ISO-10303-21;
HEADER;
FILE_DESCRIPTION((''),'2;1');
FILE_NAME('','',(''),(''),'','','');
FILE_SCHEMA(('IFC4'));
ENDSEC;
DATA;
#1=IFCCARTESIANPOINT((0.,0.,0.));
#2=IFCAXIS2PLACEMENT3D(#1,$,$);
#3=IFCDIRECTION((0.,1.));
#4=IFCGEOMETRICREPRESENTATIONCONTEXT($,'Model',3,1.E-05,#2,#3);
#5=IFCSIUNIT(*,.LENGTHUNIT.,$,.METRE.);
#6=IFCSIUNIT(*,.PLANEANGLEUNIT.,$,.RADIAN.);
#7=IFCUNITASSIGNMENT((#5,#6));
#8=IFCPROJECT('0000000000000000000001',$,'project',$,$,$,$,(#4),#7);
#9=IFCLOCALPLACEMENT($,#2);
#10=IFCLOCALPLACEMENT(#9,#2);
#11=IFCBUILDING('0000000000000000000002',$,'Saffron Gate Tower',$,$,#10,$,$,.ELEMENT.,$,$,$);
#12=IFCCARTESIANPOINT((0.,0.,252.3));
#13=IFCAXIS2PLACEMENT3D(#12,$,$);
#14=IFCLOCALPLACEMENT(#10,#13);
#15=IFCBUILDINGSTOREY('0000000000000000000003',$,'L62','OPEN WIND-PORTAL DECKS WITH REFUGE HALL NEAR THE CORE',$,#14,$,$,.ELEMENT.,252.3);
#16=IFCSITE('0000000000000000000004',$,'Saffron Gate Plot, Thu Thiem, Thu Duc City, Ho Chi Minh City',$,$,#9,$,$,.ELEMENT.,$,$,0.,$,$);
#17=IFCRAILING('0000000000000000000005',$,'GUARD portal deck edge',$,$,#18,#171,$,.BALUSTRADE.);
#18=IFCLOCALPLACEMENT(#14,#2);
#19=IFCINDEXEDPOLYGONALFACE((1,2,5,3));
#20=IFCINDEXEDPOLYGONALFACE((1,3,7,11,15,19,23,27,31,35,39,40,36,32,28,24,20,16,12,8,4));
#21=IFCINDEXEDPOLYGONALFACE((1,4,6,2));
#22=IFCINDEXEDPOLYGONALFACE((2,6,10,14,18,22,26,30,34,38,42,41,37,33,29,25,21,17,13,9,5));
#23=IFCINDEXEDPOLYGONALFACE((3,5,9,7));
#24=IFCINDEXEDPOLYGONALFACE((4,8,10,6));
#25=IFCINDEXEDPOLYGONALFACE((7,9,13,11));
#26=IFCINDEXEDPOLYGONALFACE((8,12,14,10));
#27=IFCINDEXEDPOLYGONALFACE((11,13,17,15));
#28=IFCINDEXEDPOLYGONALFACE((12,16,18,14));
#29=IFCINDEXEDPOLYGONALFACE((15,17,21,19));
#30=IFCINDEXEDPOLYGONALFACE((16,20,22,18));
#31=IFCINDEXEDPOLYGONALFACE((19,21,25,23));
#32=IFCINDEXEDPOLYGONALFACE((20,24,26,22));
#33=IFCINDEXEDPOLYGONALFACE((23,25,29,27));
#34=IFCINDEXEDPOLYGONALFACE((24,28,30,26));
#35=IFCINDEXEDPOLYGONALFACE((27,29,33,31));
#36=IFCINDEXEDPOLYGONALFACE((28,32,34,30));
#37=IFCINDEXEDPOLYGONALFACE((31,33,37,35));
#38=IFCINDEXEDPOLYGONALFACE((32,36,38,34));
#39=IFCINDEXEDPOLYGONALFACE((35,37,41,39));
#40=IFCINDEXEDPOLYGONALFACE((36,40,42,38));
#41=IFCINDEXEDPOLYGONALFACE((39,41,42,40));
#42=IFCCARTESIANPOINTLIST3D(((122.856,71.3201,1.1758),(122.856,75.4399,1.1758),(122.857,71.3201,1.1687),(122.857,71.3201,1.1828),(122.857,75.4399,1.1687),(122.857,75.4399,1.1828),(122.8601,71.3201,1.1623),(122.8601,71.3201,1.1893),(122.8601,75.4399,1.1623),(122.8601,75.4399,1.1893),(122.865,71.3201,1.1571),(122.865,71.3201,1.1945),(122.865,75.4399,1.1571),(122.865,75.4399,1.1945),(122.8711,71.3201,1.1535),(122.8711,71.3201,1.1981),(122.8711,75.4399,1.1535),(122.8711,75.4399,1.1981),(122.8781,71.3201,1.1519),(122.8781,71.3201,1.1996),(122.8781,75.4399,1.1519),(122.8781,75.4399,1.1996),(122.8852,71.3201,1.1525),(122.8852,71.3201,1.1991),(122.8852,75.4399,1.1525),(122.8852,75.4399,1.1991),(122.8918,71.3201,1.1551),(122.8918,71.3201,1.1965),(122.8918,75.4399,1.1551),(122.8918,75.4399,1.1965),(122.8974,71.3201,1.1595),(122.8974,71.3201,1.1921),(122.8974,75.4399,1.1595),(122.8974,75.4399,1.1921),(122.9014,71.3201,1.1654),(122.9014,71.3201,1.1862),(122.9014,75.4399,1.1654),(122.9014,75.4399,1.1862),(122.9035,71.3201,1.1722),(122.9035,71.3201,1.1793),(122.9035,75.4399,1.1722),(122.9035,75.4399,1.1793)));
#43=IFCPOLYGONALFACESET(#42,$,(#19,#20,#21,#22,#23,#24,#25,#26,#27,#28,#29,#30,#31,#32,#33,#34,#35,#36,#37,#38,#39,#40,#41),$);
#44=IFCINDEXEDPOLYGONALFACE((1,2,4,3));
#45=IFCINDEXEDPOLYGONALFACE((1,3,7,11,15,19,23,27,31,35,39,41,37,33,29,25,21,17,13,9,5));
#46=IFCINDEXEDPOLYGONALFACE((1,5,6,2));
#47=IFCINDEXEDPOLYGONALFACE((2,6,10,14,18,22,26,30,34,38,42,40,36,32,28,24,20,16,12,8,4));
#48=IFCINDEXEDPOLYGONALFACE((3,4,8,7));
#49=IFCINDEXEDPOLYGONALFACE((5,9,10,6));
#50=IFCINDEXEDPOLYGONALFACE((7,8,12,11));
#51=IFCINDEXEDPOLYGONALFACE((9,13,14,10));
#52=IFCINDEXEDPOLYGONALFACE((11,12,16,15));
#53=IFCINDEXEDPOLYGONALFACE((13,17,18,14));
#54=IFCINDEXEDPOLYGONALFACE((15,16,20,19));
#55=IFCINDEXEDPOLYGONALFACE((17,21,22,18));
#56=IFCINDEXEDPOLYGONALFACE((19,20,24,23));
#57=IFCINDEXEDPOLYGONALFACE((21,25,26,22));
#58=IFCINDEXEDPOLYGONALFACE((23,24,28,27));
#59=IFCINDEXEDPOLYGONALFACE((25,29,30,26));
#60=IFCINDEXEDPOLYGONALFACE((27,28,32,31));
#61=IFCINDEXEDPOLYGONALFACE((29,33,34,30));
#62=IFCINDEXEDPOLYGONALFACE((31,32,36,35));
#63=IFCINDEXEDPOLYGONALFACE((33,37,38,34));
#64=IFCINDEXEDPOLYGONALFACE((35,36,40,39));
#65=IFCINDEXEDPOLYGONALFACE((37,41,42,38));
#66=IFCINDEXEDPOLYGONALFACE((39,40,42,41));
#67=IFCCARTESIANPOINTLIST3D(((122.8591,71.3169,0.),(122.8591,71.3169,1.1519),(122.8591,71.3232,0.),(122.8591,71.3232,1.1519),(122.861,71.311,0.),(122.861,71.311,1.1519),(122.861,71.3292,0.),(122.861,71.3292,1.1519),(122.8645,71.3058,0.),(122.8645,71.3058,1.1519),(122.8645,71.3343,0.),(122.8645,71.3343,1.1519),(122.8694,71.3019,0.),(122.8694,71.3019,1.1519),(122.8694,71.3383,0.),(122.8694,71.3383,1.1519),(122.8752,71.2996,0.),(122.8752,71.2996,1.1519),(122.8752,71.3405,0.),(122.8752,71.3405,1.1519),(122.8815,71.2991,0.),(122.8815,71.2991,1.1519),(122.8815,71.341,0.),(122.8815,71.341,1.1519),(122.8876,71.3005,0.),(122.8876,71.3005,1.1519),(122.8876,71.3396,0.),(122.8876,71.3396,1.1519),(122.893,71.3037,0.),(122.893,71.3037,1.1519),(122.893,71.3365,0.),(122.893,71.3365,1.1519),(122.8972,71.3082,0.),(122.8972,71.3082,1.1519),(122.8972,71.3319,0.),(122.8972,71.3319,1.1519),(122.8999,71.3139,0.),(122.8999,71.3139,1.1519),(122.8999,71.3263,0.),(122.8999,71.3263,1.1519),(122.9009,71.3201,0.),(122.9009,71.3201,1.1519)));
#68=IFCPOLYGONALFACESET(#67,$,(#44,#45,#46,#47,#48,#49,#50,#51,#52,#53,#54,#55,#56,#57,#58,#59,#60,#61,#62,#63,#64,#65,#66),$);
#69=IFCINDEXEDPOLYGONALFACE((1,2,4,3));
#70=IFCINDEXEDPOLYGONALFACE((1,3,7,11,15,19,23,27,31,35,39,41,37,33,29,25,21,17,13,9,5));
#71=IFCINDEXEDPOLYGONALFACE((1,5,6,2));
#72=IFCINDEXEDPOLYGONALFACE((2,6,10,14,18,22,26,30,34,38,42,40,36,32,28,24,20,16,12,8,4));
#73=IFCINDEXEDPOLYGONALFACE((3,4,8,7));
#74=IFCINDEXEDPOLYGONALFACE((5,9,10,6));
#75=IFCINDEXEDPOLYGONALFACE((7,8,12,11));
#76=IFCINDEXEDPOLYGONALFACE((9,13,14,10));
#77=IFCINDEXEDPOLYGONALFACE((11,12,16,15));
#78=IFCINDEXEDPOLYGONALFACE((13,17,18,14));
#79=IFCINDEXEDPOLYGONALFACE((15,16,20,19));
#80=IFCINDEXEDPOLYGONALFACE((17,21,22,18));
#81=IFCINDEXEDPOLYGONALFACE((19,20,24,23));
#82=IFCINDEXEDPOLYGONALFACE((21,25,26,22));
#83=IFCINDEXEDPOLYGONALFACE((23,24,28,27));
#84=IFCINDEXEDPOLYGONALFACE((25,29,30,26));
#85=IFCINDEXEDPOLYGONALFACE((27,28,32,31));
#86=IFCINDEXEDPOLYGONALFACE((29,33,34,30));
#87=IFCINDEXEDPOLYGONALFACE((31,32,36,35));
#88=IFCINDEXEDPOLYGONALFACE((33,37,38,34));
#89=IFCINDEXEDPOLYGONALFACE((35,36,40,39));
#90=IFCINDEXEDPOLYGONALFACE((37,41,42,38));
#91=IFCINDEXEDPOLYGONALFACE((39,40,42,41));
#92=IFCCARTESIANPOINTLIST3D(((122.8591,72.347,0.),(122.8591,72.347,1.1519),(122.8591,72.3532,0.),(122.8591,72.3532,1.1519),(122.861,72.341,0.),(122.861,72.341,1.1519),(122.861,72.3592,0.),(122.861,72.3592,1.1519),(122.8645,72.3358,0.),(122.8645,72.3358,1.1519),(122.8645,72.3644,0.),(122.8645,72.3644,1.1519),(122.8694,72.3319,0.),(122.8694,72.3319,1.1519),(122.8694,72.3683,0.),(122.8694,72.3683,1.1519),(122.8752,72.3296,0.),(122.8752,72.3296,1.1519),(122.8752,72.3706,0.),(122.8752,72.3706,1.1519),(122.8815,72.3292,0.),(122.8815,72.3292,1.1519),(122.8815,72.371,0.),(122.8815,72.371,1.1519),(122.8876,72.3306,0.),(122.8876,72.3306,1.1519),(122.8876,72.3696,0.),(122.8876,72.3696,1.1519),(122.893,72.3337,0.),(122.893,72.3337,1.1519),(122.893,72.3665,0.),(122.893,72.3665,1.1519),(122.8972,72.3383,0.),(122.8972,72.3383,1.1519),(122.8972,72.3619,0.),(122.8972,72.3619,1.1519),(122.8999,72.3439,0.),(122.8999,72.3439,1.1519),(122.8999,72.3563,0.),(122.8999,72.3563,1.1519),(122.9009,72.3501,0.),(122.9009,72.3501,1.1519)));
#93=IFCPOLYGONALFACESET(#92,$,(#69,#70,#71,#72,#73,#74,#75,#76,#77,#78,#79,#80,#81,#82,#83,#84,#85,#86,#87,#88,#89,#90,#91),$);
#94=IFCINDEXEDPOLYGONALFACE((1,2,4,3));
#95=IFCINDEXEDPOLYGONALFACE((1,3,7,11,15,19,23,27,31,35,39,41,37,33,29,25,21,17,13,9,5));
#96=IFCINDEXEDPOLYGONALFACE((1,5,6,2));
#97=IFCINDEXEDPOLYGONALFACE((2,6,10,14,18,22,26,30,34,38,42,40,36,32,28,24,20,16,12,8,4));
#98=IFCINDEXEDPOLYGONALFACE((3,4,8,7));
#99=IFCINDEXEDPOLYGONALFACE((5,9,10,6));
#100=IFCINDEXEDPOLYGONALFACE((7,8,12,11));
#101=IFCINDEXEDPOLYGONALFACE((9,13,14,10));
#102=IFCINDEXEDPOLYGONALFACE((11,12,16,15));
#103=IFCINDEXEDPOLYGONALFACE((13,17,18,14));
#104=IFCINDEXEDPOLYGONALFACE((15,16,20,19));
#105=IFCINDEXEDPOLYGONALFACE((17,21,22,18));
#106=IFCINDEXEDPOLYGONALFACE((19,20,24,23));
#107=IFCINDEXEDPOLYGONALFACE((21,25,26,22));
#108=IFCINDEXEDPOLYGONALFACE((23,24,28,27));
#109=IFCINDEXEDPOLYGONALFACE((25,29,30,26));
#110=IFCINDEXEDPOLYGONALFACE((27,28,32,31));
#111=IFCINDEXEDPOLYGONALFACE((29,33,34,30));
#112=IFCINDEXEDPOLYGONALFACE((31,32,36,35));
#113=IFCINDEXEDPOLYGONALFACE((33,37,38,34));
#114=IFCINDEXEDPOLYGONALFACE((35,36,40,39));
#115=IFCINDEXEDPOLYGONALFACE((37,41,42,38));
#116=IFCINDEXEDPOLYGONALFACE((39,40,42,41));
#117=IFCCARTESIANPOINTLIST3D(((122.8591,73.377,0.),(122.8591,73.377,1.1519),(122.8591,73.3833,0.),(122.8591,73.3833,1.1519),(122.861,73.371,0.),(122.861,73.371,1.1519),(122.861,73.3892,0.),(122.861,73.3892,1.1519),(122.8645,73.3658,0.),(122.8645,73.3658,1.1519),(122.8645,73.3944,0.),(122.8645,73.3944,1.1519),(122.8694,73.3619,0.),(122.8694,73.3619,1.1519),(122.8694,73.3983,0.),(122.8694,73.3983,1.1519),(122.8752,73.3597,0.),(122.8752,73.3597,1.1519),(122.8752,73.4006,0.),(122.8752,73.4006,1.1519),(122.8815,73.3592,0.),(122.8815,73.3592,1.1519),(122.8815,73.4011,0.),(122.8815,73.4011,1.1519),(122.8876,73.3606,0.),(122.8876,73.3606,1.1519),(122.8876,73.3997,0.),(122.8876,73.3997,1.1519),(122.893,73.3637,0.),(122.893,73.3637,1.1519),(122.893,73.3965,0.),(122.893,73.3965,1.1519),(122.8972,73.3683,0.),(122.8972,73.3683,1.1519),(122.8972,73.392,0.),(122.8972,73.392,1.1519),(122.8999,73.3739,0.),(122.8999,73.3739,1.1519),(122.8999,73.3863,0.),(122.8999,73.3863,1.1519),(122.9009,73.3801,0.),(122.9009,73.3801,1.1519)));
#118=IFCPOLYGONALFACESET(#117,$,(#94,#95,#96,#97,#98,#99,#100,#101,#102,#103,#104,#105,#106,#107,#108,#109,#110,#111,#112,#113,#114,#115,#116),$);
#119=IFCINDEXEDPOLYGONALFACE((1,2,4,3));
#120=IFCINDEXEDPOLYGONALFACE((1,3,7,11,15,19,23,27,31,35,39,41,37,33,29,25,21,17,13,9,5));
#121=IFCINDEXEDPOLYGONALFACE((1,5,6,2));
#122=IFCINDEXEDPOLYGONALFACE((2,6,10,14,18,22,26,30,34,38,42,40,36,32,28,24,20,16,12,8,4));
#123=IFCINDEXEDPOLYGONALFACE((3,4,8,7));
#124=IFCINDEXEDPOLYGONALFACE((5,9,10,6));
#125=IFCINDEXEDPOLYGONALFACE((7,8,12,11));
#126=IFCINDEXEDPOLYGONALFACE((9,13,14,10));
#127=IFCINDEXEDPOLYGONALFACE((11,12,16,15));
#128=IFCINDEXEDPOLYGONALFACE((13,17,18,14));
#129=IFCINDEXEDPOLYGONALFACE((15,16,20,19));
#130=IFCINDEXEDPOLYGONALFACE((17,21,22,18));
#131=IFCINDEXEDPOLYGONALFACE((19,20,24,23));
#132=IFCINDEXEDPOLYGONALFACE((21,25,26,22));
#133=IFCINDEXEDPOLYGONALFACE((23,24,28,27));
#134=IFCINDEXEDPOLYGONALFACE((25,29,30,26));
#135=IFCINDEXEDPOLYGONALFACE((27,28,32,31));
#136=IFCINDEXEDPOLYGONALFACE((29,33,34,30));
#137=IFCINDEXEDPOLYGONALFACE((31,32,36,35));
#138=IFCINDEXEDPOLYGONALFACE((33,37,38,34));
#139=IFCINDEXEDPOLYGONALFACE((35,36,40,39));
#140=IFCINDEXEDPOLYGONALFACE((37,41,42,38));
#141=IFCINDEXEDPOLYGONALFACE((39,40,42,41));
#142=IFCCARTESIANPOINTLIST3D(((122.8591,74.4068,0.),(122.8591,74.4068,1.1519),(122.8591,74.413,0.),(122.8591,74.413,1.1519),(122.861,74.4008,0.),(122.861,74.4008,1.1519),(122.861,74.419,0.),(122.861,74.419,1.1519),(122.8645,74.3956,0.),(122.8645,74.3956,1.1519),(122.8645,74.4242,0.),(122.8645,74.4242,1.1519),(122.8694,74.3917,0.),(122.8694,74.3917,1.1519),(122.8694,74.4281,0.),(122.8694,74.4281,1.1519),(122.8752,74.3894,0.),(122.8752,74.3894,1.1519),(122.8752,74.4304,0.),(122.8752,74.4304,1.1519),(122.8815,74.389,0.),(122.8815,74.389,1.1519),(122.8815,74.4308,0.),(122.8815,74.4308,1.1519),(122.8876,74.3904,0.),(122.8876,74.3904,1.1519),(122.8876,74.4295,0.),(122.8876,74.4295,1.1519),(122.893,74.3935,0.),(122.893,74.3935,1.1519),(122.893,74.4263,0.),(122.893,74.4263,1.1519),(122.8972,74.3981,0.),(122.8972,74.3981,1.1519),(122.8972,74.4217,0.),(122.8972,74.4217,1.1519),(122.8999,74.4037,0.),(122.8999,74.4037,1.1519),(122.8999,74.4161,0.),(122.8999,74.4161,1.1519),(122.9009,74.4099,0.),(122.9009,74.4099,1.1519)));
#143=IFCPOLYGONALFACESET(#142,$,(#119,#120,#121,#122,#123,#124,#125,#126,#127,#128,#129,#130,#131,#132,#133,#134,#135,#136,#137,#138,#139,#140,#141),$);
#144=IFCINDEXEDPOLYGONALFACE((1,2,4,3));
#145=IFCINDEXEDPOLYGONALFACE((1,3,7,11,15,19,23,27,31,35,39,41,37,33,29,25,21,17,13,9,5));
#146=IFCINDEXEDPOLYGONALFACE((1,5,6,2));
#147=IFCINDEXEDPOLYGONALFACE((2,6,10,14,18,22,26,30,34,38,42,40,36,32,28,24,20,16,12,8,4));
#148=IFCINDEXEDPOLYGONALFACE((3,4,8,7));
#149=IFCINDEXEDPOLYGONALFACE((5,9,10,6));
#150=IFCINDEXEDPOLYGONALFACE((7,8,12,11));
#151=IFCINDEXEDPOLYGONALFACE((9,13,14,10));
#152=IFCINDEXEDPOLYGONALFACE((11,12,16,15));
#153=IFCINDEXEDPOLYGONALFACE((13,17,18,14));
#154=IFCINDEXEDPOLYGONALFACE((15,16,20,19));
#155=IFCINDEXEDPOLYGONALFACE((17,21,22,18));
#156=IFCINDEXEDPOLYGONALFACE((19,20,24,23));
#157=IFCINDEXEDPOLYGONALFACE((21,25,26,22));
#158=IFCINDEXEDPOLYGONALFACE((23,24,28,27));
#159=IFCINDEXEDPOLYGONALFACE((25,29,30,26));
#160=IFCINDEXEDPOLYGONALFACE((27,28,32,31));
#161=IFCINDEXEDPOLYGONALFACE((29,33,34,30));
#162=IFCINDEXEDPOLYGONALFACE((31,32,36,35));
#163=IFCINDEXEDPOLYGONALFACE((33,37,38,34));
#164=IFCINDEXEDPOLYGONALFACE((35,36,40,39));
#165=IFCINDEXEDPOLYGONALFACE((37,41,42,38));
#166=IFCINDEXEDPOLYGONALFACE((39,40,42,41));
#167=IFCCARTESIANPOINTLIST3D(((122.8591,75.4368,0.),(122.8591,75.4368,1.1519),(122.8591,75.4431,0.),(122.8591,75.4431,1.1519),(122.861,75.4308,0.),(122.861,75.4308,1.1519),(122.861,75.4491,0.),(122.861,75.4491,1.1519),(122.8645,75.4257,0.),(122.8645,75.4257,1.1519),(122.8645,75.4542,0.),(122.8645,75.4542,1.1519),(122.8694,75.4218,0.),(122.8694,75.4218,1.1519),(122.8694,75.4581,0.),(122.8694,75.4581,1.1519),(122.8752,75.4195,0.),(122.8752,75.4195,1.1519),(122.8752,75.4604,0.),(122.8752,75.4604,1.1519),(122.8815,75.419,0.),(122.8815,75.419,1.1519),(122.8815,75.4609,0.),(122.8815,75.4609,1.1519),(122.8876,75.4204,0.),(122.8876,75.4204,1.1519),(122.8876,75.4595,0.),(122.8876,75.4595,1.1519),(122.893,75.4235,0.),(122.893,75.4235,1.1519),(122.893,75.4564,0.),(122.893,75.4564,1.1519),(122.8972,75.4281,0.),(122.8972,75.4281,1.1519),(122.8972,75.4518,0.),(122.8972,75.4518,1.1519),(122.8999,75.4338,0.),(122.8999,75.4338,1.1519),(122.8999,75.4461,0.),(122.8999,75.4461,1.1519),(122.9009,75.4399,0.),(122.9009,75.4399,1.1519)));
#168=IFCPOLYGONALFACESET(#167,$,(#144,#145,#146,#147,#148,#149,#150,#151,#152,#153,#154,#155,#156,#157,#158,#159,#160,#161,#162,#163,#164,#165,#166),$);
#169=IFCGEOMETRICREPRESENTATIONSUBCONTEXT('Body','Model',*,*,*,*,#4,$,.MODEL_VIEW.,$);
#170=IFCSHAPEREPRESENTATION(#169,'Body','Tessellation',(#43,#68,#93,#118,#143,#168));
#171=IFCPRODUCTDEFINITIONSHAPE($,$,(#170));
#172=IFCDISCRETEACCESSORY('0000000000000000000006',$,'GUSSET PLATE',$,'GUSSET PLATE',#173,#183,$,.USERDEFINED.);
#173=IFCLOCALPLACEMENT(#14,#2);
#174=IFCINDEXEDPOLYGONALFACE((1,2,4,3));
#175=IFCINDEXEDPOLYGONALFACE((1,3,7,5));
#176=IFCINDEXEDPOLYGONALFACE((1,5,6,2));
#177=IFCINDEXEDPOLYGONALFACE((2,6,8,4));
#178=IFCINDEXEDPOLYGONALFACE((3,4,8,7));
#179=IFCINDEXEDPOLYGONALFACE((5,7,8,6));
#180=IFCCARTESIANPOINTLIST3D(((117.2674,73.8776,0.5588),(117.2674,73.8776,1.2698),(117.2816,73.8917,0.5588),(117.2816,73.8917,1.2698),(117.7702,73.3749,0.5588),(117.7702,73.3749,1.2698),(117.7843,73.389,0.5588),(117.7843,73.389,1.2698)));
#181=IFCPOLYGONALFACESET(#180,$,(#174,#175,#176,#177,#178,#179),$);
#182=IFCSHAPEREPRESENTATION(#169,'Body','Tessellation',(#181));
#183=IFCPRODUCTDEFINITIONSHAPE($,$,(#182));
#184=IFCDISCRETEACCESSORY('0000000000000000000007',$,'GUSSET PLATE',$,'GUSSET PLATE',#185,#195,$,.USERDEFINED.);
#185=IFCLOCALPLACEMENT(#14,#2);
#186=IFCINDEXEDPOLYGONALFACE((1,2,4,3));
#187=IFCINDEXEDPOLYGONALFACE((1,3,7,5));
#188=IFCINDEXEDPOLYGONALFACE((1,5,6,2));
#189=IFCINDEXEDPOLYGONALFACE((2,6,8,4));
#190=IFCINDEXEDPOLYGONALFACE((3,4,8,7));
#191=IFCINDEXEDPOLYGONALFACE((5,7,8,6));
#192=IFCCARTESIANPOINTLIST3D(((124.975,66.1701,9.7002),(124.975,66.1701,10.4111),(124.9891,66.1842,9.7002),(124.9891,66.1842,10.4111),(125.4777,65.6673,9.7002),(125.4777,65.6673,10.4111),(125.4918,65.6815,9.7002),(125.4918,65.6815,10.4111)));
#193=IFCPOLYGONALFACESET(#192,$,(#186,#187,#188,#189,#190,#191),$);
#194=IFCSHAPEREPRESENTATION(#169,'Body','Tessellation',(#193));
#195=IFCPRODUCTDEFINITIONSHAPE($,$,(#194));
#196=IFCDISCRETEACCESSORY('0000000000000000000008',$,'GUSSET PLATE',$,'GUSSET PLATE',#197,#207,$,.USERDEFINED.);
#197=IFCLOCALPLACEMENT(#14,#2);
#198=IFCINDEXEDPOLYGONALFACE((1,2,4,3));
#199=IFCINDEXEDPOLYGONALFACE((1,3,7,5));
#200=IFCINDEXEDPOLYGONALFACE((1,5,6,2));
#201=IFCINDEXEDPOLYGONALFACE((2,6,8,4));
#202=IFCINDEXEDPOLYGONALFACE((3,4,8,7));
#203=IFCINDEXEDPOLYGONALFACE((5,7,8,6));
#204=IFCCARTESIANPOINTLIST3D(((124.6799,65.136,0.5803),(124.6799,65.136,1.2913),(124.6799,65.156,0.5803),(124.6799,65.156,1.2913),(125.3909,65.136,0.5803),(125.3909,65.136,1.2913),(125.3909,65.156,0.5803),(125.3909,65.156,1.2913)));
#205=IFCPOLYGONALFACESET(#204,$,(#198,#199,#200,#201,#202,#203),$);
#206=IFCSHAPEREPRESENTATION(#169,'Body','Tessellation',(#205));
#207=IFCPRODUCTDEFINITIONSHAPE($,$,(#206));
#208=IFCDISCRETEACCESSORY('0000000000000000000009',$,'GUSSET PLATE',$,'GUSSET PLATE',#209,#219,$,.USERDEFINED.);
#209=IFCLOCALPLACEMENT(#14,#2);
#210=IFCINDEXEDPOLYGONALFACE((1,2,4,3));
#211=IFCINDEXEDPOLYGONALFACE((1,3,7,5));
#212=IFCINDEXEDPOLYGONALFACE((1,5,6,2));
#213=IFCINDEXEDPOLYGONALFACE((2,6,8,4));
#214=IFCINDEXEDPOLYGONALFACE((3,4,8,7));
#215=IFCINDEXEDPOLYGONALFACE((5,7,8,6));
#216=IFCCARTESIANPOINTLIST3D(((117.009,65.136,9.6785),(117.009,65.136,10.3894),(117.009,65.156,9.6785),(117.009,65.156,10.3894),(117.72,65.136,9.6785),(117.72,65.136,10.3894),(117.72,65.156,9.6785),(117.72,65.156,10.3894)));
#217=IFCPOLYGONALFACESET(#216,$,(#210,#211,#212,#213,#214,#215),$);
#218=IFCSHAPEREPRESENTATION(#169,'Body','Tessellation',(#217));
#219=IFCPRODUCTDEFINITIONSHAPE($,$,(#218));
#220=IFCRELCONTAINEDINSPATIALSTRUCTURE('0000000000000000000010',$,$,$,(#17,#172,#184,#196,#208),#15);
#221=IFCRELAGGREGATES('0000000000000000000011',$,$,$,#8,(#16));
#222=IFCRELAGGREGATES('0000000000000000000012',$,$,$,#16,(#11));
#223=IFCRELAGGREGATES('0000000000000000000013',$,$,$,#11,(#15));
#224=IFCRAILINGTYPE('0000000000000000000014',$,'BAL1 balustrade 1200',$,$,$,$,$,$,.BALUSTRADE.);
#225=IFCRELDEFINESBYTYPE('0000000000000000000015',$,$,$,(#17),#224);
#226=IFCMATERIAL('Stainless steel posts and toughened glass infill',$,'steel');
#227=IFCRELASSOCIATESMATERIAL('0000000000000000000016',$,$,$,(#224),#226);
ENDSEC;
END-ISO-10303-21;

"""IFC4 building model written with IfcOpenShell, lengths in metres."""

from ifc_helpers import new_model, si_unit, direction, frame, origin, origin_2d, place, context, subcontext, project, spatial, rectangle, circle, extrude, material, type_object, element, save


model = new_model("IFC4")

# Units and contexts
model_context = context("Model", 3, precision=1e-05, world=origin(), true_north=direction((0.0, 1.0)))
body_context = subcontext(model_context, "Body", "Model", "MODEL_VIEW")
ifc_project = project(units=[si_unit("LENGTHUNIT", "METRE"), si_unit("PLANEANGLEUNIT", "RADIAN")], contexts=[model_context])

# Site, building, storey
site_placement = place(None, origin())
site = spatial("IfcSite", under=ifc_project, at=site_placement, Name="Saffron Gate Plot, Thu Thiem, Thu Duc City, Ho Chi Minh City", CompositionType="ELEMENT", RefElevation=0.0)
building_placement = place(site_placement, origin())
building = spatial("IfcBuilding", under=site, at=building_placement, Name="Saffron Gate Tower", CompositionType="ELEMENT")
storey_placement = place(building_placement, frame((0.0, 0.0, 252.3)))
storey = spatial("IfcBuildingStorey", under=building, at=storey_placement, Name="L62", Description="OPEN WIND-PORTAL DECKS WITH REFUGE HALL NEAR THE CORE", CompositionType="ELEMENT", Elevation=252.3)

# Railing
ifc_material_1 = material(Name="Stainless steel posts and toughened glass infill", Category="steel")
railing_type = type_object("IfcRailingType", Name="BAL1 balustrade 1200", PredefinedType="BALUSTRADE", material=ifc_material_1)
railing_1_placement = place(storey_placement, frame((122.8799, 71.3201, 0.0)))
element("IfcRailing", 1, at=railing_1_placement, inside=storey, type_object=railing_type, Name="GUARD portal deck edge", PredefinedType="BALUSTRADE", context=body_context, shape_type="SweptSolid", body=[
    extrude(circle(Radius=0.0239, at=origin_2d()), frame((0.0, 0.0, 1.1758), z_axis=(0.0, 1.0, 0.0), x_axis=(-1.0, 0.0, 0.0)), (0.0, 0.0, 1.0), 4.1199),
    extrude(circle(Radius=0.021, at=origin_2d()), origin(), (0.0, 0.0, 1.0), 1.1519),
    extrude(circle(Radius=0.021, at=origin_2d()), frame((0.0, 1.03, 0.0)), (0.0, 0.0, 1.0), 1.1519),
    extrude(circle(Radius=0.021, at=origin_2d()), frame((0.0, 2.0601, 0.0)), (0.0, 0.0, 1.0), 1.1519),
    extrude(circle(Radius=0.021, at=origin_2d()), frame((0.0, 3.0898, 0.0)), (0.0, 0.0, 1.0), 1.1519),
    extrude(circle(Radius=0.021, at=origin_2d()), frame((0.0, 4.1199, 0.0)), (0.0, 0.0, 1.0), 1.1519),
])

# Discrete accessories
for number, where, z_axis, x_axis, name in (
    (2, (117.5259, 73.6333, 0.5588), (0.0, 0.0, 1.0), (0.707107, -0.707107, 0.0), "GUSSET PLATE"),
    (3, (125.2334, 65.9258, 9.7002), (0.0, 0.0, 1.0), (0.707107, -0.707107, 0.0), "GUSSET PLATE"),
    (4, (125.0354, 65.146, 0.5803), (0.0, 0.0, 1.0), (-1.0, 0.0, 0.0), "GUSSET PLATE"),
    (5, (117.3645, 65.146, 9.6785), (0.0, 0.0, 1.0), (-1.0, 0.0, 0.0), "GUSSET PLATE"),
):
    element("IfcDiscreteAccessory", number, at=place(storey_placement, frame(where, z_axis=z_axis, x_axis=x_axis)), inside=storey, Name=name, ObjectType="GUSSET PLATE", PredefinedType="USERDEFINED", context=body_context, shape_type="SweptSolid", body=[
        extrude(rectangle(XDim=0.7109, YDim=0.02, at=origin_2d()), origin(), (0.0, 0.0, 1.0), 0.7109),
    ])

save(model, "model.ifc")
